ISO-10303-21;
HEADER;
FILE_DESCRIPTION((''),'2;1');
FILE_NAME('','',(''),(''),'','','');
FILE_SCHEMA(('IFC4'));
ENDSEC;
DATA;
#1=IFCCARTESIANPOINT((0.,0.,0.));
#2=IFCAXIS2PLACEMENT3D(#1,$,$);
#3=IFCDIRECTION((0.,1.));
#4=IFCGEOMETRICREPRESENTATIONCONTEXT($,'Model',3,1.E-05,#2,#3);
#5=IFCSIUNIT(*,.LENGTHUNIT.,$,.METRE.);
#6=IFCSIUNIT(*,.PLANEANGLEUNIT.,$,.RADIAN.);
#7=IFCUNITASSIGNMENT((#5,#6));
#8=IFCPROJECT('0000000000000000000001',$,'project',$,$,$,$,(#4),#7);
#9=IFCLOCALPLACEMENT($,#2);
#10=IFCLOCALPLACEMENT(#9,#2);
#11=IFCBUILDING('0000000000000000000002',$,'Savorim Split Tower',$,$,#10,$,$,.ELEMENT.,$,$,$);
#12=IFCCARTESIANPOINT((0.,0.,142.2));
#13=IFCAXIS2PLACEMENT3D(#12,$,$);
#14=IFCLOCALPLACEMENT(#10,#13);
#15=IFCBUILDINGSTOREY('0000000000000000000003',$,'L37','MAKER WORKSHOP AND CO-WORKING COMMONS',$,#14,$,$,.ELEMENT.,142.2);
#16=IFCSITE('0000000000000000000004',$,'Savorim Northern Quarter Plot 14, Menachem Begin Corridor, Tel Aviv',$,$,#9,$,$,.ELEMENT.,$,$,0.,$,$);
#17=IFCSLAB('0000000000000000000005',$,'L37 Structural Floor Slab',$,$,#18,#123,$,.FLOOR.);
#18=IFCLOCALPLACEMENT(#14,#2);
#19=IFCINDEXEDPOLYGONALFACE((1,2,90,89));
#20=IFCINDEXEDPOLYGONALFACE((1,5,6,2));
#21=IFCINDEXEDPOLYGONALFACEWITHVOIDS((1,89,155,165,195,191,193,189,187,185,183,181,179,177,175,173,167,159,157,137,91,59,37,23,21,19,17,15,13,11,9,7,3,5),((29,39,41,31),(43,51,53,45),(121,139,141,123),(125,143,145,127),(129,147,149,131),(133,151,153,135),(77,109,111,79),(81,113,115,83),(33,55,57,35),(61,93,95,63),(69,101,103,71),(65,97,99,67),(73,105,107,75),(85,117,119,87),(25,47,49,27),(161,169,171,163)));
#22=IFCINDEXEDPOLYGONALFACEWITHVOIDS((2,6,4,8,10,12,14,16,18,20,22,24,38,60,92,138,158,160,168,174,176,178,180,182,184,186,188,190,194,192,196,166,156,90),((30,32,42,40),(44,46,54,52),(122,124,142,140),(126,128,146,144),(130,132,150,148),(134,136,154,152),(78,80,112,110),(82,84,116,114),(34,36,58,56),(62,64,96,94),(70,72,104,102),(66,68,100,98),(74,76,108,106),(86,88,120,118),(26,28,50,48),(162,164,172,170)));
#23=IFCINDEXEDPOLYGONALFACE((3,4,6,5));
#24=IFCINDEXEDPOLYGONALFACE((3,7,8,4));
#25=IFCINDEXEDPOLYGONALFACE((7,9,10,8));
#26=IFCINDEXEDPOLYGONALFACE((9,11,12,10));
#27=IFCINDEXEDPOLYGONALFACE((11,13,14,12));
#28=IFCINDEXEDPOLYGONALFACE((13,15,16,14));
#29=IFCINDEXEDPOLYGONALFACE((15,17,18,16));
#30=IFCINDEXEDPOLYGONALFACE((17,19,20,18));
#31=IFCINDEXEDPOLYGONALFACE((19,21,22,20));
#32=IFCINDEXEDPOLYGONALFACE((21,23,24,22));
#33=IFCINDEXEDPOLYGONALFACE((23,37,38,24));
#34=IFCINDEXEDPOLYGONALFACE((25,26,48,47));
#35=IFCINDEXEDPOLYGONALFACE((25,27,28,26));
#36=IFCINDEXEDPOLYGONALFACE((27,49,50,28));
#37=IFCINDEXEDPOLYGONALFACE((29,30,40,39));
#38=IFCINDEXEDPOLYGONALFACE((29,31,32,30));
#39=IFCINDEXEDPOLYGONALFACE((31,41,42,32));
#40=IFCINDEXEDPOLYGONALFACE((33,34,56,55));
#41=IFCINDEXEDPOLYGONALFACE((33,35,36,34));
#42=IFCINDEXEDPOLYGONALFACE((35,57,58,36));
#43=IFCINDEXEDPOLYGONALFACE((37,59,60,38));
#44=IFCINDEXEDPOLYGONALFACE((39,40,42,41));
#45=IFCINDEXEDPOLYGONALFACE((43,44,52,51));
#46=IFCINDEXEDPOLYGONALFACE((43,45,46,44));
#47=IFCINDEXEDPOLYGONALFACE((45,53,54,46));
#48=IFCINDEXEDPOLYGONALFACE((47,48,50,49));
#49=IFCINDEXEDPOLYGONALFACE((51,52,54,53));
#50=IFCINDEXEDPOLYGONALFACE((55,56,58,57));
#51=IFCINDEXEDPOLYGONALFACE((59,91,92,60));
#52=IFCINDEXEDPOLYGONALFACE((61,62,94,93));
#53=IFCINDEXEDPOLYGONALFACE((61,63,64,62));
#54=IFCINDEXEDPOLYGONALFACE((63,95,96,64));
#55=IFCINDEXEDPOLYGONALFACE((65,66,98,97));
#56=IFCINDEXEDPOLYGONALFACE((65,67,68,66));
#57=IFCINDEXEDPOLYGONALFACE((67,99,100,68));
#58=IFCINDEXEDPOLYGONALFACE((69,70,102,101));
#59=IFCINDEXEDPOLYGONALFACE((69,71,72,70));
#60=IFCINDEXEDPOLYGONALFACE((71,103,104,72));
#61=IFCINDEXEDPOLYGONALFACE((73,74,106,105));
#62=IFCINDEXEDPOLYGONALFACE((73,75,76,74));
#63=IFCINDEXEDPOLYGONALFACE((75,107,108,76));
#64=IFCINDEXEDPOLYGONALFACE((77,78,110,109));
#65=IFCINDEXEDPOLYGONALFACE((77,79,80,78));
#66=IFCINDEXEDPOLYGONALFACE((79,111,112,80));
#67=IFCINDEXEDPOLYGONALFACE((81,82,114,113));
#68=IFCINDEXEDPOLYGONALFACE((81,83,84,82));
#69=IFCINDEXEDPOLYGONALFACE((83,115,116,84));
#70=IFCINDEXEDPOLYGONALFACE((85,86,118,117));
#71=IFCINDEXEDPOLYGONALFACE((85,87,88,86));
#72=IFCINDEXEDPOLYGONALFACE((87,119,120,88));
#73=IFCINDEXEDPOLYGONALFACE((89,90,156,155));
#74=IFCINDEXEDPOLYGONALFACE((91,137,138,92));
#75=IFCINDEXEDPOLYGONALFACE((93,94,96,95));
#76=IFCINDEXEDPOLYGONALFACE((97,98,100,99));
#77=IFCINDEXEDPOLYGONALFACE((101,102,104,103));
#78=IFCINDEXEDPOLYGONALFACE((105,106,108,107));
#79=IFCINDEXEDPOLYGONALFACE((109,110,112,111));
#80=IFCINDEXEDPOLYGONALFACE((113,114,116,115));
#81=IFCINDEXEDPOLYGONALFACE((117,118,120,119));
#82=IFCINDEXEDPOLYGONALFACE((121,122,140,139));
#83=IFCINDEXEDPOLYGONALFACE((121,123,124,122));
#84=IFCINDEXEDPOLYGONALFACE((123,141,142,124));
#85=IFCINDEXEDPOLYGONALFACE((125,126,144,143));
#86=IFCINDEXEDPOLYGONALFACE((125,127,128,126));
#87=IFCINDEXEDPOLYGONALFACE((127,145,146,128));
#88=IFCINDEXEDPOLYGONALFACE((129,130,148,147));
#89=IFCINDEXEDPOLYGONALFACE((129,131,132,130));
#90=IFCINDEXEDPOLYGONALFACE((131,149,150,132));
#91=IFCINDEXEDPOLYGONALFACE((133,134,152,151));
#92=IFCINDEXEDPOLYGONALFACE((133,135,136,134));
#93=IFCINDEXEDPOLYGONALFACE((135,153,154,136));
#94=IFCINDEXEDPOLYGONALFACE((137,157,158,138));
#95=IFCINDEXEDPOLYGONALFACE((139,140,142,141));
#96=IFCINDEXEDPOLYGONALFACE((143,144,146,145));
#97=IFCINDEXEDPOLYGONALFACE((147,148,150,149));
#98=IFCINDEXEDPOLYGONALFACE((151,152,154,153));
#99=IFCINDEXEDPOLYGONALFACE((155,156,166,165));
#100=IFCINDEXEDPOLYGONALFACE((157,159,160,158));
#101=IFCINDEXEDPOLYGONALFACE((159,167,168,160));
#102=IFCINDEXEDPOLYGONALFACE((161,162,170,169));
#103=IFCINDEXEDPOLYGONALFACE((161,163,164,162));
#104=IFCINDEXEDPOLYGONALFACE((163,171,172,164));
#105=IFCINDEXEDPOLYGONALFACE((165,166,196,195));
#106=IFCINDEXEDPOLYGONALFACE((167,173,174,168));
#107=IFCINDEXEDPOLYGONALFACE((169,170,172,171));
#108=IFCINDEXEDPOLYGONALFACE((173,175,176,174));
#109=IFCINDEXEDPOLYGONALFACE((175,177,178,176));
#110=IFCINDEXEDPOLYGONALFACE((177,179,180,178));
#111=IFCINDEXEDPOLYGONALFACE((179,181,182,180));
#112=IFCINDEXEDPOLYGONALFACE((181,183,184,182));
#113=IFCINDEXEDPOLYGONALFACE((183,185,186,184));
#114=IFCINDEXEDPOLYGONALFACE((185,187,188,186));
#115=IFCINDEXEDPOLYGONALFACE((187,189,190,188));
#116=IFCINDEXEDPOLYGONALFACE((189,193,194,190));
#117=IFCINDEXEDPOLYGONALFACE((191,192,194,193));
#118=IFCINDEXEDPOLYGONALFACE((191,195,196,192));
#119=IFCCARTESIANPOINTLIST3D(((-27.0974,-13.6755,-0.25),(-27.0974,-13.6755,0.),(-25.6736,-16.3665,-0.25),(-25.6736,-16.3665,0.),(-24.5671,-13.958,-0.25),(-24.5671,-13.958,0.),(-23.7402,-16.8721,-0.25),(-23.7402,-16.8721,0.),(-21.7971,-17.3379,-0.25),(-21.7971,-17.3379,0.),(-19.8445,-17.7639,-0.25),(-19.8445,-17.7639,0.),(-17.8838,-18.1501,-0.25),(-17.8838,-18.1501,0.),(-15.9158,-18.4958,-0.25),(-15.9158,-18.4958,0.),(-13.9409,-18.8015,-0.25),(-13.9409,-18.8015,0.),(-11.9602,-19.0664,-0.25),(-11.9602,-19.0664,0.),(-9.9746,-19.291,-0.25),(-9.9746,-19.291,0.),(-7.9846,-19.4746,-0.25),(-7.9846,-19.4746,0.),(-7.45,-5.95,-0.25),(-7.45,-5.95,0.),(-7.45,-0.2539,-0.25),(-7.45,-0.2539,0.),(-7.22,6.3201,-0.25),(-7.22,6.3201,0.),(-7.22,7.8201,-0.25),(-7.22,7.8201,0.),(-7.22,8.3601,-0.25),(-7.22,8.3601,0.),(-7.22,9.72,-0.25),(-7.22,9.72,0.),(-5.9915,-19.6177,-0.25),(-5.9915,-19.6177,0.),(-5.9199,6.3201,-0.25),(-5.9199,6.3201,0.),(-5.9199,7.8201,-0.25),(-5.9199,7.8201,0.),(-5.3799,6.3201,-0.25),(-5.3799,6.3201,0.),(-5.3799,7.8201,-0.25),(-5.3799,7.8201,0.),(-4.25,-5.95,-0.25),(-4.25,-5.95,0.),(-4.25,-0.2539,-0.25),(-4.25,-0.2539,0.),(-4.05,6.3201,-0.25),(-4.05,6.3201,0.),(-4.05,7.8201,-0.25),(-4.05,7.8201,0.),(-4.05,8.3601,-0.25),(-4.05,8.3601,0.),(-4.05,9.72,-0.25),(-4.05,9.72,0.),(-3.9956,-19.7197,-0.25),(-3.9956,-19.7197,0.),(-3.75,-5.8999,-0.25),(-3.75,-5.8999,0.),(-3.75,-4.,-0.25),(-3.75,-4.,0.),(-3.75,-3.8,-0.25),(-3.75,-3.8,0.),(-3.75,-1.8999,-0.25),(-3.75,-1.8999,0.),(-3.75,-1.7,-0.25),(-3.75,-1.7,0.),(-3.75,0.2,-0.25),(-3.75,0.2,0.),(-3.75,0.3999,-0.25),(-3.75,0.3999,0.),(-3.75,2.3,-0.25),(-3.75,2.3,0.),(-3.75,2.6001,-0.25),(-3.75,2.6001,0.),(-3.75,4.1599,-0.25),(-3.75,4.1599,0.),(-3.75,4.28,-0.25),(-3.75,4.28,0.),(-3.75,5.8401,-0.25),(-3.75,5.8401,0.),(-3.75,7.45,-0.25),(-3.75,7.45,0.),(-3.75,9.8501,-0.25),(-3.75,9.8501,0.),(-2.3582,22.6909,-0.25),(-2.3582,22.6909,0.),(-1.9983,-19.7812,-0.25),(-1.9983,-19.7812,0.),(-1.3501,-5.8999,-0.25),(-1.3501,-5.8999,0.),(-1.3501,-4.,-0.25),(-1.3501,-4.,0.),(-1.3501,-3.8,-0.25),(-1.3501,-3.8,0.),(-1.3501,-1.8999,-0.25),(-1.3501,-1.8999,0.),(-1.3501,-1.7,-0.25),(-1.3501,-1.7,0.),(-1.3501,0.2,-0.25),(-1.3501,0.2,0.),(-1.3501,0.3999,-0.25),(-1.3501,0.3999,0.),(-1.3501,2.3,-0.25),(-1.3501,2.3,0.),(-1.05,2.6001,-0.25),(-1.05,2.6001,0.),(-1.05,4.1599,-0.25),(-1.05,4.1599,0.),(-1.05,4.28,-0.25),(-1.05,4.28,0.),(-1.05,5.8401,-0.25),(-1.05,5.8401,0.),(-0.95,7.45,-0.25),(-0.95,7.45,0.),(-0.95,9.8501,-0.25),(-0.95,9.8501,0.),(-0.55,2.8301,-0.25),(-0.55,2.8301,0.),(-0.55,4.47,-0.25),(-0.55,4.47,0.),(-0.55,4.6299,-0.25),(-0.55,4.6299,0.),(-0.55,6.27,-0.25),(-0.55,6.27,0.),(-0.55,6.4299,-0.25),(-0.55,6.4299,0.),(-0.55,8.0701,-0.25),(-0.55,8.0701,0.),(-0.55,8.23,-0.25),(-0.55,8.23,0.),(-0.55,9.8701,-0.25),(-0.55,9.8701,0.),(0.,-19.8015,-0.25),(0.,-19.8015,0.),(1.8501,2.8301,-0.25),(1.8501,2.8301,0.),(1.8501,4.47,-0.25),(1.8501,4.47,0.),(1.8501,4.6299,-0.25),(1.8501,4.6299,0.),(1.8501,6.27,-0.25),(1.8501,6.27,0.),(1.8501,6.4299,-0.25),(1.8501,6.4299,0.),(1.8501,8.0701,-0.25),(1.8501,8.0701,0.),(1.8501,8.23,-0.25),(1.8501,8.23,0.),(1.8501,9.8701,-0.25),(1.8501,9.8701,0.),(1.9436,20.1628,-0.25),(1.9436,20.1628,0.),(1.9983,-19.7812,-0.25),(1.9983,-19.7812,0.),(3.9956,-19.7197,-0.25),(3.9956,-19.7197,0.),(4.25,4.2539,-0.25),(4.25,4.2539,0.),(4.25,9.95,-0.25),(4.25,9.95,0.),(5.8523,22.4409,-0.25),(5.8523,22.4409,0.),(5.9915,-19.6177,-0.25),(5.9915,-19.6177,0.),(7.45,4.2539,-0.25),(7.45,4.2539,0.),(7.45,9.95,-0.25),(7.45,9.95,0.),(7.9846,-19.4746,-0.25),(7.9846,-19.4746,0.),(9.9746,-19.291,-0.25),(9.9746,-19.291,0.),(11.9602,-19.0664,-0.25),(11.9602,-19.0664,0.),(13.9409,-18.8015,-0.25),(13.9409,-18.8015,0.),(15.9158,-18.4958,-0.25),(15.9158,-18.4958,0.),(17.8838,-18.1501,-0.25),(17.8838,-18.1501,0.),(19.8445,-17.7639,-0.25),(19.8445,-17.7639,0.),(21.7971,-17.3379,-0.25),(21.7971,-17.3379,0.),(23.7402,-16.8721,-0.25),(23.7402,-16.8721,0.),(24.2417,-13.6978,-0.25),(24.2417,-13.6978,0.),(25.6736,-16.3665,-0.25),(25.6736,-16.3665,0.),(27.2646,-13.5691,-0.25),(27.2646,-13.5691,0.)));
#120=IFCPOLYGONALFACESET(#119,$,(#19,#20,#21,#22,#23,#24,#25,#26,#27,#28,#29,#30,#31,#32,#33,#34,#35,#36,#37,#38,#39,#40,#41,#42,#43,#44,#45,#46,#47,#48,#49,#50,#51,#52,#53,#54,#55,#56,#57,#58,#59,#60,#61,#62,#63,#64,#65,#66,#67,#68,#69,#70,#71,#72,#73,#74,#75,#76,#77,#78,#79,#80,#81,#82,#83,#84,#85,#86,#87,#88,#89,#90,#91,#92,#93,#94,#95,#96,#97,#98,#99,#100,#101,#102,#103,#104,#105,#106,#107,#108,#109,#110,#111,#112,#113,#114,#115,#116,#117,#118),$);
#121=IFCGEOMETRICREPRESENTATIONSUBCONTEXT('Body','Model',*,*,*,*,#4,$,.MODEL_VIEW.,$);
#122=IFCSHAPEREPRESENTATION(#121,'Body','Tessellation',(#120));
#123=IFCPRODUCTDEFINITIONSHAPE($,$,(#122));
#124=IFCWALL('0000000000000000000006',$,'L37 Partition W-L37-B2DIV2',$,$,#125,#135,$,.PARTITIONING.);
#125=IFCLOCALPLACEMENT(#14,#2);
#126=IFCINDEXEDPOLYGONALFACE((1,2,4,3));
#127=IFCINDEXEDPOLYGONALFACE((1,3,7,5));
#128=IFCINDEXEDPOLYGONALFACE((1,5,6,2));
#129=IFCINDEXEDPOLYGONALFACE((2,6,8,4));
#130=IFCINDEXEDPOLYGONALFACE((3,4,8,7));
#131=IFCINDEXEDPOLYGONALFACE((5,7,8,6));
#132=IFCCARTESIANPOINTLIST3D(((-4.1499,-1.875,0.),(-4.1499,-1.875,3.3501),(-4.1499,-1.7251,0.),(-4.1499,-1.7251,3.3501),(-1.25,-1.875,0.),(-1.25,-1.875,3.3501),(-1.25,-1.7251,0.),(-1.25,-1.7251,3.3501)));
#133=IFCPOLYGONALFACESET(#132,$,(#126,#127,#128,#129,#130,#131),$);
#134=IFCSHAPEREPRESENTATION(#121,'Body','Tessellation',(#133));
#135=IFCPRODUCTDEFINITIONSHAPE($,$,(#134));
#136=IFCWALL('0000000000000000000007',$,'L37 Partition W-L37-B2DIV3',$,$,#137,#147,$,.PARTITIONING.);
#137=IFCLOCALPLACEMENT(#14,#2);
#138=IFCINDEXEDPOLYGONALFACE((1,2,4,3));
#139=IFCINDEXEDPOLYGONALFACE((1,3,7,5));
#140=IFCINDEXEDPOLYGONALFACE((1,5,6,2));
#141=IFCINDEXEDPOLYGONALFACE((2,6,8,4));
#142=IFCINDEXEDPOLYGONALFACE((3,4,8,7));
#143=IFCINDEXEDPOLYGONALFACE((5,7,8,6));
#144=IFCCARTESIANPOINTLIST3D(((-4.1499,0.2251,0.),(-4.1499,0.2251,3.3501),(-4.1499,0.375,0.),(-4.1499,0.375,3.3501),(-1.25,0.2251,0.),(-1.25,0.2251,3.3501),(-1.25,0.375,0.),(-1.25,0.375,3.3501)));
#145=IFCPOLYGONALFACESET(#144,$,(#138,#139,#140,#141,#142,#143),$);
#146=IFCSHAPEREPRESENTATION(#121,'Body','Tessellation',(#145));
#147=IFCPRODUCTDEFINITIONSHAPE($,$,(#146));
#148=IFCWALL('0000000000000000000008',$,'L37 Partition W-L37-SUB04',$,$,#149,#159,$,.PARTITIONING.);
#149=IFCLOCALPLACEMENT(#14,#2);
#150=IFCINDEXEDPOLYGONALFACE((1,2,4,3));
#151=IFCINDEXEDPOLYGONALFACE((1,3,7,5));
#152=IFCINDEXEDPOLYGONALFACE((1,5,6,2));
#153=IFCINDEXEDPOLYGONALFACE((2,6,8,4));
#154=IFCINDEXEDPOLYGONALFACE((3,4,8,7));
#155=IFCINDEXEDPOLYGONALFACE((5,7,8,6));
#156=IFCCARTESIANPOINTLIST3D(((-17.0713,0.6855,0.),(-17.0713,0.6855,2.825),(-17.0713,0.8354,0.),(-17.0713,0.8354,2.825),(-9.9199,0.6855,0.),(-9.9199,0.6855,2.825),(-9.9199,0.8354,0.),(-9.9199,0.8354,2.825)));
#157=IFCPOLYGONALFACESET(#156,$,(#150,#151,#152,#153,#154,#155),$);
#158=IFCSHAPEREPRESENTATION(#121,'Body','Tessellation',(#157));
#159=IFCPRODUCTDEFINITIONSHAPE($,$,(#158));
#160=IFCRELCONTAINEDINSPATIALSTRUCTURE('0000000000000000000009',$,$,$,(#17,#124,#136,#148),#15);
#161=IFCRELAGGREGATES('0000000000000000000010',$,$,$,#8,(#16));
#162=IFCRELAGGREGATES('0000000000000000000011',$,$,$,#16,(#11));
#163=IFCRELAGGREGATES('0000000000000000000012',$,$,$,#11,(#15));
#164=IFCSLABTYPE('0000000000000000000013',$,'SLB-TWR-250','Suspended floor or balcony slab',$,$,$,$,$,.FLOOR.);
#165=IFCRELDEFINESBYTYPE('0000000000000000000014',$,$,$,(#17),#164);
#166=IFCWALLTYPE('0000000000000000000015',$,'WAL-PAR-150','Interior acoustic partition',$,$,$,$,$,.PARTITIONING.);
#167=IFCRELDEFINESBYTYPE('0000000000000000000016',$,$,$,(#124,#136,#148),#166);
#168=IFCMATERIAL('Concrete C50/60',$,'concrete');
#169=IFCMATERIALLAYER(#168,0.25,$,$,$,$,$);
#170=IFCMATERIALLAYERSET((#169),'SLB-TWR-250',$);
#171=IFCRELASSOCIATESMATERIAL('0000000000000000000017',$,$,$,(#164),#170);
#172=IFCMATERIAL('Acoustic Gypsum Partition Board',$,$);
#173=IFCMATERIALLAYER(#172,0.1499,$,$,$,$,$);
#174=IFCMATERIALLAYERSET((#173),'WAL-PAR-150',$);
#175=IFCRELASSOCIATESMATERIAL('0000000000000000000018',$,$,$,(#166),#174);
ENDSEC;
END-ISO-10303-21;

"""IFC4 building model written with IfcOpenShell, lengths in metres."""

from ifc_helpers import new_model, si_unit, direction, frame, frame_2d, origin, place, context, subcontext, project, spatial, polyline, rectangle, outline, extrude, material, layer, layer_set, type_object, element, save


model = new_model("IFC4")

# Units and contexts
model_context = context("Model", 3, precision=1e-05, world=origin(), true_north=direction((0.0, 1.0)))
body_context = subcontext(model_context, "Body", "Model", "MODEL_VIEW")
ifc_project = project(units=[si_unit("LENGTHUNIT", "METRE"), si_unit("PLANEANGLEUNIT", "RADIAN")], contexts=[model_context])

# Site, building, storey
site_placement = place(None, origin())
site = spatial("IfcSite", under=ifc_project, at=site_placement, Name="Savorim Northern Quarter Plot 14, Menachem Begin Corridor, Tel Aviv", CompositionType="ELEMENT", RefElevation=0.0)
building_placement = place(site_placement, origin())
building = spatial("IfcBuilding", under=site, at=building_placement, Name="Savorim Split Tower", CompositionType="ELEMENT")
storey_placement = place(building_placement, frame((0.0, 0.0, 142.2)))
storey = spatial("IfcBuildingStorey", under=building, at=storey_placement, Name="L37", Description="MAKER WORKSHOP AND CO-WORKING COMMONS", CompositionType="ELEMENT", Elevation=142.2)

# Shared definitions
ifc_material_1 = material(Name="Concrete C50/60", Category="concrete")

# Slab
ifc_layer_1 = layer(ifc_material_1, 0.25)
ifc_layer_set_1 = layer_set([ifc_layer_1], Name="SLB-TWR-250")
slab_type_1 = type_object("IfcSlabType", Name="SLB-TWR-250", Description="Suspended floor or balcony slab", PredefinedType="FLOOR", material=ifc_layer_set_1)
slab_1_placement = place(storey_placement, frame((0.0, 0.0, -0.25)))
element("IfcSlab", 1, at=slab_1_placement, inside=storey, type_object=slab_type_1, Name="L37 Structural Floor Slab", PredefinedType="FLOOR", context=body_context, shape_type="SweptSolid", body=[
    extrude(outline(polyline([(-25.6736, -16.3665), (-23.7402, -16.8721), (-21.7971, -17.3379), (-19.8445, -17.7639), (-17.8838, -18.1501), (-15.9158, -18.4958), (-13.9409, -18.8015), (-11.9602, -19.0664), (-9.9746, -19.291), (-7.9846, -19.4746), (-5.9915, -19.6177), (-3.9956, -19.7197), (-1.9983, -19.7812), (0.0, -19.8015), (1.9983, -19.7812), (3.9956, -19.7197), (5.9915, -19.6177), (7.9846, -19.4746), (9.9746, -19.291), (11.9602, -19.0664), (13.9409, -18.8015), (15.9158, -18.4958), (17.8838, -18.1501), (19.8445, -17.7639), (21.7971, -17.3379), (23.7402, -16.8721), (25.6736, -16.3665), (24.2417, -13.6978), (27.2646, -13.5691), (5.8523, 22.4409), (1.9436, 20.1628), (-2.3582, 22.6909), (-27.0974, -13.6755), (-24.5671, -13.958), (-25.6736, -16.3665)]), holes=[polyline([(-7.45, -0.2539), (-7.45, -5.95), (-4.25, -5.95), (-4.25, -0.2539), (-7.45, -0.2539)]), polyline([(7.45, 4.2539), (7.45, 9.95), (4.25, 9.95), (4.25, 4.2539), (7.45, 4.2539)]), polyline([(-3.75, -5.8999), (-1.3501, -5.8999), (-1.3501, -4.0), (-3.75, -4.0), (-3.75, -5.8999)]), polyline([(-3.75, -3.8), (-1.3501, -3.8), (-1.3501, -1.8999), (-3.75, -1.8999), (-3.75, -3.8)]), polyline([(-3.75, -1.7), (-1.3501, -1.7), (-1.3501, 0.2), (-3.75, 0.2), (-3.75, -1.7)]), polyline([(-3.75, 0.3999), (-1.3501, 0.3999), (-1.3501, 2.3), (-3.75, 2.3), (-3.75, 0.3999)]), polyline([(-0.55, 2.8301), (1.8501, 2.8301), (1.8501, 4.47), (-0.55, 4.47), (-0.55, 2.8301)]), polyline([(-0.55, 4.6299), (1.8501, 4.6299), (1.8501, 6.27), (-0.55, 6.27), (-0.55, 4.6299)]), polyline([(-0.55, 6.4299), (1.8501, 6.4299), (1.8501, 8.0701), (-0.55, 8.0701), (-0.55, 6.4299)]), polyline([(-0.55, 8.23), (1.8501, 8.23), (1.8501, 9.8701), (-0.55, 9.8701), (-0.55, 8.23)]), polyline([(-3.75, 2.6001), (-1.05, 2.6001), (-1.05, 4.1599), (-3.75, 4.1599), (-3.75, 2.6001)]), polyline([(-3.75, 4.28), (-1.05, 4.28), (-1.05, 5.8401), (-3.75, 5.8401), (-3.75, 4.28)]), polyline([(-3.75, 7.45), (-0.95, 7.45), (-0.95, 9.8501), (-3.75, 9.8501), (-3.75, 7.45)]), polyline([(-7.22, 6.3201), (-5.9199, 6.3201), (-5.9199, 7.8201), (-7.22, 7.8201), (-7.22, 6.3201)]), polyline([(-5.3799, 6.3201), (-4.05, 6.3201), (-4.05, 7.8201), (-5.3799, 7.8201), (-5.3799, 6.3201)]), polyline([(-7.22, 8.3601), (-4.05, 8.3601), (-4.05, 9.72), (-7.22, 9.72), (-7.22, 8.3601)])]), origin(), (0.0, 0.0, 1.0), 0.25),
])

# Walls
ifc_material_2 = material(Name="Acoustic Gypsum Partition Board")
ifc_layer_2 = layer(ifc_material_2, 0.1499)
ifc_layer_set_2 = layer_set([ifc_layer_2], Name="WAL-PAR-150")
wall_type_1 = type_object("IfcWallType", Name="WAL-PAR-150", Description="Interior acoustic partition", PredefinedType="PARTITIONING", material=ifc_layer_set_2)
for number, where, z_axis, x_axis, name in (
    (2, (-4.1499, -1.8, 0.0), (0.0, 0.0, 1.0), (1.0, 0.0, 0.0), "L37 Partition W-L37-B2DIV2"),
    (3, (-4.1499, 0.3, 0.0), (0.0, 0.0, 1.0), (1.0, 0.0, 0.0), "L37 Partition W-L37-B2DIV3"),
):
    element("IfcWall", number, at=place(storey_placement, frame(where, z_axis=z_axis, x_axis=x_axis)), inside=storey, type_object=wall_type_1, Name=name, PredefinedType="PARTITIONING", context=body_context, shape_type="SweptSolid", body=[
        extrude(rectangle(XDim=2.8999, YDim=0.1499, at=frame_2d((1.45, 0.0))), origin(), (0.0, 0.0, 1.0), 3.3501),
    ])
wall_1_placement = place(storey_placement, frame((-9.9199, 0.7605, 0.0), z_axis=(0.0, 0.0, 1.0), x_axis=(-1.0, 0.0, 0.0)))
element("IfcWall", 4, at=wall_1_placement, inside=storey, type_object=wall_type_1, Name="L37 Partition W-L37-SUB04", PredefinedType="PARTITIONING", context=body_context, shape_type="SweptSolid", body=[
    extrude(rectangle(XDim=7.1514, YDim=0.1499, at=frame_2d((3.5757, 0.0))), origin(), (0.0, 0.0, 1.0), 2.825),
])

save(model, "model.ifc")
